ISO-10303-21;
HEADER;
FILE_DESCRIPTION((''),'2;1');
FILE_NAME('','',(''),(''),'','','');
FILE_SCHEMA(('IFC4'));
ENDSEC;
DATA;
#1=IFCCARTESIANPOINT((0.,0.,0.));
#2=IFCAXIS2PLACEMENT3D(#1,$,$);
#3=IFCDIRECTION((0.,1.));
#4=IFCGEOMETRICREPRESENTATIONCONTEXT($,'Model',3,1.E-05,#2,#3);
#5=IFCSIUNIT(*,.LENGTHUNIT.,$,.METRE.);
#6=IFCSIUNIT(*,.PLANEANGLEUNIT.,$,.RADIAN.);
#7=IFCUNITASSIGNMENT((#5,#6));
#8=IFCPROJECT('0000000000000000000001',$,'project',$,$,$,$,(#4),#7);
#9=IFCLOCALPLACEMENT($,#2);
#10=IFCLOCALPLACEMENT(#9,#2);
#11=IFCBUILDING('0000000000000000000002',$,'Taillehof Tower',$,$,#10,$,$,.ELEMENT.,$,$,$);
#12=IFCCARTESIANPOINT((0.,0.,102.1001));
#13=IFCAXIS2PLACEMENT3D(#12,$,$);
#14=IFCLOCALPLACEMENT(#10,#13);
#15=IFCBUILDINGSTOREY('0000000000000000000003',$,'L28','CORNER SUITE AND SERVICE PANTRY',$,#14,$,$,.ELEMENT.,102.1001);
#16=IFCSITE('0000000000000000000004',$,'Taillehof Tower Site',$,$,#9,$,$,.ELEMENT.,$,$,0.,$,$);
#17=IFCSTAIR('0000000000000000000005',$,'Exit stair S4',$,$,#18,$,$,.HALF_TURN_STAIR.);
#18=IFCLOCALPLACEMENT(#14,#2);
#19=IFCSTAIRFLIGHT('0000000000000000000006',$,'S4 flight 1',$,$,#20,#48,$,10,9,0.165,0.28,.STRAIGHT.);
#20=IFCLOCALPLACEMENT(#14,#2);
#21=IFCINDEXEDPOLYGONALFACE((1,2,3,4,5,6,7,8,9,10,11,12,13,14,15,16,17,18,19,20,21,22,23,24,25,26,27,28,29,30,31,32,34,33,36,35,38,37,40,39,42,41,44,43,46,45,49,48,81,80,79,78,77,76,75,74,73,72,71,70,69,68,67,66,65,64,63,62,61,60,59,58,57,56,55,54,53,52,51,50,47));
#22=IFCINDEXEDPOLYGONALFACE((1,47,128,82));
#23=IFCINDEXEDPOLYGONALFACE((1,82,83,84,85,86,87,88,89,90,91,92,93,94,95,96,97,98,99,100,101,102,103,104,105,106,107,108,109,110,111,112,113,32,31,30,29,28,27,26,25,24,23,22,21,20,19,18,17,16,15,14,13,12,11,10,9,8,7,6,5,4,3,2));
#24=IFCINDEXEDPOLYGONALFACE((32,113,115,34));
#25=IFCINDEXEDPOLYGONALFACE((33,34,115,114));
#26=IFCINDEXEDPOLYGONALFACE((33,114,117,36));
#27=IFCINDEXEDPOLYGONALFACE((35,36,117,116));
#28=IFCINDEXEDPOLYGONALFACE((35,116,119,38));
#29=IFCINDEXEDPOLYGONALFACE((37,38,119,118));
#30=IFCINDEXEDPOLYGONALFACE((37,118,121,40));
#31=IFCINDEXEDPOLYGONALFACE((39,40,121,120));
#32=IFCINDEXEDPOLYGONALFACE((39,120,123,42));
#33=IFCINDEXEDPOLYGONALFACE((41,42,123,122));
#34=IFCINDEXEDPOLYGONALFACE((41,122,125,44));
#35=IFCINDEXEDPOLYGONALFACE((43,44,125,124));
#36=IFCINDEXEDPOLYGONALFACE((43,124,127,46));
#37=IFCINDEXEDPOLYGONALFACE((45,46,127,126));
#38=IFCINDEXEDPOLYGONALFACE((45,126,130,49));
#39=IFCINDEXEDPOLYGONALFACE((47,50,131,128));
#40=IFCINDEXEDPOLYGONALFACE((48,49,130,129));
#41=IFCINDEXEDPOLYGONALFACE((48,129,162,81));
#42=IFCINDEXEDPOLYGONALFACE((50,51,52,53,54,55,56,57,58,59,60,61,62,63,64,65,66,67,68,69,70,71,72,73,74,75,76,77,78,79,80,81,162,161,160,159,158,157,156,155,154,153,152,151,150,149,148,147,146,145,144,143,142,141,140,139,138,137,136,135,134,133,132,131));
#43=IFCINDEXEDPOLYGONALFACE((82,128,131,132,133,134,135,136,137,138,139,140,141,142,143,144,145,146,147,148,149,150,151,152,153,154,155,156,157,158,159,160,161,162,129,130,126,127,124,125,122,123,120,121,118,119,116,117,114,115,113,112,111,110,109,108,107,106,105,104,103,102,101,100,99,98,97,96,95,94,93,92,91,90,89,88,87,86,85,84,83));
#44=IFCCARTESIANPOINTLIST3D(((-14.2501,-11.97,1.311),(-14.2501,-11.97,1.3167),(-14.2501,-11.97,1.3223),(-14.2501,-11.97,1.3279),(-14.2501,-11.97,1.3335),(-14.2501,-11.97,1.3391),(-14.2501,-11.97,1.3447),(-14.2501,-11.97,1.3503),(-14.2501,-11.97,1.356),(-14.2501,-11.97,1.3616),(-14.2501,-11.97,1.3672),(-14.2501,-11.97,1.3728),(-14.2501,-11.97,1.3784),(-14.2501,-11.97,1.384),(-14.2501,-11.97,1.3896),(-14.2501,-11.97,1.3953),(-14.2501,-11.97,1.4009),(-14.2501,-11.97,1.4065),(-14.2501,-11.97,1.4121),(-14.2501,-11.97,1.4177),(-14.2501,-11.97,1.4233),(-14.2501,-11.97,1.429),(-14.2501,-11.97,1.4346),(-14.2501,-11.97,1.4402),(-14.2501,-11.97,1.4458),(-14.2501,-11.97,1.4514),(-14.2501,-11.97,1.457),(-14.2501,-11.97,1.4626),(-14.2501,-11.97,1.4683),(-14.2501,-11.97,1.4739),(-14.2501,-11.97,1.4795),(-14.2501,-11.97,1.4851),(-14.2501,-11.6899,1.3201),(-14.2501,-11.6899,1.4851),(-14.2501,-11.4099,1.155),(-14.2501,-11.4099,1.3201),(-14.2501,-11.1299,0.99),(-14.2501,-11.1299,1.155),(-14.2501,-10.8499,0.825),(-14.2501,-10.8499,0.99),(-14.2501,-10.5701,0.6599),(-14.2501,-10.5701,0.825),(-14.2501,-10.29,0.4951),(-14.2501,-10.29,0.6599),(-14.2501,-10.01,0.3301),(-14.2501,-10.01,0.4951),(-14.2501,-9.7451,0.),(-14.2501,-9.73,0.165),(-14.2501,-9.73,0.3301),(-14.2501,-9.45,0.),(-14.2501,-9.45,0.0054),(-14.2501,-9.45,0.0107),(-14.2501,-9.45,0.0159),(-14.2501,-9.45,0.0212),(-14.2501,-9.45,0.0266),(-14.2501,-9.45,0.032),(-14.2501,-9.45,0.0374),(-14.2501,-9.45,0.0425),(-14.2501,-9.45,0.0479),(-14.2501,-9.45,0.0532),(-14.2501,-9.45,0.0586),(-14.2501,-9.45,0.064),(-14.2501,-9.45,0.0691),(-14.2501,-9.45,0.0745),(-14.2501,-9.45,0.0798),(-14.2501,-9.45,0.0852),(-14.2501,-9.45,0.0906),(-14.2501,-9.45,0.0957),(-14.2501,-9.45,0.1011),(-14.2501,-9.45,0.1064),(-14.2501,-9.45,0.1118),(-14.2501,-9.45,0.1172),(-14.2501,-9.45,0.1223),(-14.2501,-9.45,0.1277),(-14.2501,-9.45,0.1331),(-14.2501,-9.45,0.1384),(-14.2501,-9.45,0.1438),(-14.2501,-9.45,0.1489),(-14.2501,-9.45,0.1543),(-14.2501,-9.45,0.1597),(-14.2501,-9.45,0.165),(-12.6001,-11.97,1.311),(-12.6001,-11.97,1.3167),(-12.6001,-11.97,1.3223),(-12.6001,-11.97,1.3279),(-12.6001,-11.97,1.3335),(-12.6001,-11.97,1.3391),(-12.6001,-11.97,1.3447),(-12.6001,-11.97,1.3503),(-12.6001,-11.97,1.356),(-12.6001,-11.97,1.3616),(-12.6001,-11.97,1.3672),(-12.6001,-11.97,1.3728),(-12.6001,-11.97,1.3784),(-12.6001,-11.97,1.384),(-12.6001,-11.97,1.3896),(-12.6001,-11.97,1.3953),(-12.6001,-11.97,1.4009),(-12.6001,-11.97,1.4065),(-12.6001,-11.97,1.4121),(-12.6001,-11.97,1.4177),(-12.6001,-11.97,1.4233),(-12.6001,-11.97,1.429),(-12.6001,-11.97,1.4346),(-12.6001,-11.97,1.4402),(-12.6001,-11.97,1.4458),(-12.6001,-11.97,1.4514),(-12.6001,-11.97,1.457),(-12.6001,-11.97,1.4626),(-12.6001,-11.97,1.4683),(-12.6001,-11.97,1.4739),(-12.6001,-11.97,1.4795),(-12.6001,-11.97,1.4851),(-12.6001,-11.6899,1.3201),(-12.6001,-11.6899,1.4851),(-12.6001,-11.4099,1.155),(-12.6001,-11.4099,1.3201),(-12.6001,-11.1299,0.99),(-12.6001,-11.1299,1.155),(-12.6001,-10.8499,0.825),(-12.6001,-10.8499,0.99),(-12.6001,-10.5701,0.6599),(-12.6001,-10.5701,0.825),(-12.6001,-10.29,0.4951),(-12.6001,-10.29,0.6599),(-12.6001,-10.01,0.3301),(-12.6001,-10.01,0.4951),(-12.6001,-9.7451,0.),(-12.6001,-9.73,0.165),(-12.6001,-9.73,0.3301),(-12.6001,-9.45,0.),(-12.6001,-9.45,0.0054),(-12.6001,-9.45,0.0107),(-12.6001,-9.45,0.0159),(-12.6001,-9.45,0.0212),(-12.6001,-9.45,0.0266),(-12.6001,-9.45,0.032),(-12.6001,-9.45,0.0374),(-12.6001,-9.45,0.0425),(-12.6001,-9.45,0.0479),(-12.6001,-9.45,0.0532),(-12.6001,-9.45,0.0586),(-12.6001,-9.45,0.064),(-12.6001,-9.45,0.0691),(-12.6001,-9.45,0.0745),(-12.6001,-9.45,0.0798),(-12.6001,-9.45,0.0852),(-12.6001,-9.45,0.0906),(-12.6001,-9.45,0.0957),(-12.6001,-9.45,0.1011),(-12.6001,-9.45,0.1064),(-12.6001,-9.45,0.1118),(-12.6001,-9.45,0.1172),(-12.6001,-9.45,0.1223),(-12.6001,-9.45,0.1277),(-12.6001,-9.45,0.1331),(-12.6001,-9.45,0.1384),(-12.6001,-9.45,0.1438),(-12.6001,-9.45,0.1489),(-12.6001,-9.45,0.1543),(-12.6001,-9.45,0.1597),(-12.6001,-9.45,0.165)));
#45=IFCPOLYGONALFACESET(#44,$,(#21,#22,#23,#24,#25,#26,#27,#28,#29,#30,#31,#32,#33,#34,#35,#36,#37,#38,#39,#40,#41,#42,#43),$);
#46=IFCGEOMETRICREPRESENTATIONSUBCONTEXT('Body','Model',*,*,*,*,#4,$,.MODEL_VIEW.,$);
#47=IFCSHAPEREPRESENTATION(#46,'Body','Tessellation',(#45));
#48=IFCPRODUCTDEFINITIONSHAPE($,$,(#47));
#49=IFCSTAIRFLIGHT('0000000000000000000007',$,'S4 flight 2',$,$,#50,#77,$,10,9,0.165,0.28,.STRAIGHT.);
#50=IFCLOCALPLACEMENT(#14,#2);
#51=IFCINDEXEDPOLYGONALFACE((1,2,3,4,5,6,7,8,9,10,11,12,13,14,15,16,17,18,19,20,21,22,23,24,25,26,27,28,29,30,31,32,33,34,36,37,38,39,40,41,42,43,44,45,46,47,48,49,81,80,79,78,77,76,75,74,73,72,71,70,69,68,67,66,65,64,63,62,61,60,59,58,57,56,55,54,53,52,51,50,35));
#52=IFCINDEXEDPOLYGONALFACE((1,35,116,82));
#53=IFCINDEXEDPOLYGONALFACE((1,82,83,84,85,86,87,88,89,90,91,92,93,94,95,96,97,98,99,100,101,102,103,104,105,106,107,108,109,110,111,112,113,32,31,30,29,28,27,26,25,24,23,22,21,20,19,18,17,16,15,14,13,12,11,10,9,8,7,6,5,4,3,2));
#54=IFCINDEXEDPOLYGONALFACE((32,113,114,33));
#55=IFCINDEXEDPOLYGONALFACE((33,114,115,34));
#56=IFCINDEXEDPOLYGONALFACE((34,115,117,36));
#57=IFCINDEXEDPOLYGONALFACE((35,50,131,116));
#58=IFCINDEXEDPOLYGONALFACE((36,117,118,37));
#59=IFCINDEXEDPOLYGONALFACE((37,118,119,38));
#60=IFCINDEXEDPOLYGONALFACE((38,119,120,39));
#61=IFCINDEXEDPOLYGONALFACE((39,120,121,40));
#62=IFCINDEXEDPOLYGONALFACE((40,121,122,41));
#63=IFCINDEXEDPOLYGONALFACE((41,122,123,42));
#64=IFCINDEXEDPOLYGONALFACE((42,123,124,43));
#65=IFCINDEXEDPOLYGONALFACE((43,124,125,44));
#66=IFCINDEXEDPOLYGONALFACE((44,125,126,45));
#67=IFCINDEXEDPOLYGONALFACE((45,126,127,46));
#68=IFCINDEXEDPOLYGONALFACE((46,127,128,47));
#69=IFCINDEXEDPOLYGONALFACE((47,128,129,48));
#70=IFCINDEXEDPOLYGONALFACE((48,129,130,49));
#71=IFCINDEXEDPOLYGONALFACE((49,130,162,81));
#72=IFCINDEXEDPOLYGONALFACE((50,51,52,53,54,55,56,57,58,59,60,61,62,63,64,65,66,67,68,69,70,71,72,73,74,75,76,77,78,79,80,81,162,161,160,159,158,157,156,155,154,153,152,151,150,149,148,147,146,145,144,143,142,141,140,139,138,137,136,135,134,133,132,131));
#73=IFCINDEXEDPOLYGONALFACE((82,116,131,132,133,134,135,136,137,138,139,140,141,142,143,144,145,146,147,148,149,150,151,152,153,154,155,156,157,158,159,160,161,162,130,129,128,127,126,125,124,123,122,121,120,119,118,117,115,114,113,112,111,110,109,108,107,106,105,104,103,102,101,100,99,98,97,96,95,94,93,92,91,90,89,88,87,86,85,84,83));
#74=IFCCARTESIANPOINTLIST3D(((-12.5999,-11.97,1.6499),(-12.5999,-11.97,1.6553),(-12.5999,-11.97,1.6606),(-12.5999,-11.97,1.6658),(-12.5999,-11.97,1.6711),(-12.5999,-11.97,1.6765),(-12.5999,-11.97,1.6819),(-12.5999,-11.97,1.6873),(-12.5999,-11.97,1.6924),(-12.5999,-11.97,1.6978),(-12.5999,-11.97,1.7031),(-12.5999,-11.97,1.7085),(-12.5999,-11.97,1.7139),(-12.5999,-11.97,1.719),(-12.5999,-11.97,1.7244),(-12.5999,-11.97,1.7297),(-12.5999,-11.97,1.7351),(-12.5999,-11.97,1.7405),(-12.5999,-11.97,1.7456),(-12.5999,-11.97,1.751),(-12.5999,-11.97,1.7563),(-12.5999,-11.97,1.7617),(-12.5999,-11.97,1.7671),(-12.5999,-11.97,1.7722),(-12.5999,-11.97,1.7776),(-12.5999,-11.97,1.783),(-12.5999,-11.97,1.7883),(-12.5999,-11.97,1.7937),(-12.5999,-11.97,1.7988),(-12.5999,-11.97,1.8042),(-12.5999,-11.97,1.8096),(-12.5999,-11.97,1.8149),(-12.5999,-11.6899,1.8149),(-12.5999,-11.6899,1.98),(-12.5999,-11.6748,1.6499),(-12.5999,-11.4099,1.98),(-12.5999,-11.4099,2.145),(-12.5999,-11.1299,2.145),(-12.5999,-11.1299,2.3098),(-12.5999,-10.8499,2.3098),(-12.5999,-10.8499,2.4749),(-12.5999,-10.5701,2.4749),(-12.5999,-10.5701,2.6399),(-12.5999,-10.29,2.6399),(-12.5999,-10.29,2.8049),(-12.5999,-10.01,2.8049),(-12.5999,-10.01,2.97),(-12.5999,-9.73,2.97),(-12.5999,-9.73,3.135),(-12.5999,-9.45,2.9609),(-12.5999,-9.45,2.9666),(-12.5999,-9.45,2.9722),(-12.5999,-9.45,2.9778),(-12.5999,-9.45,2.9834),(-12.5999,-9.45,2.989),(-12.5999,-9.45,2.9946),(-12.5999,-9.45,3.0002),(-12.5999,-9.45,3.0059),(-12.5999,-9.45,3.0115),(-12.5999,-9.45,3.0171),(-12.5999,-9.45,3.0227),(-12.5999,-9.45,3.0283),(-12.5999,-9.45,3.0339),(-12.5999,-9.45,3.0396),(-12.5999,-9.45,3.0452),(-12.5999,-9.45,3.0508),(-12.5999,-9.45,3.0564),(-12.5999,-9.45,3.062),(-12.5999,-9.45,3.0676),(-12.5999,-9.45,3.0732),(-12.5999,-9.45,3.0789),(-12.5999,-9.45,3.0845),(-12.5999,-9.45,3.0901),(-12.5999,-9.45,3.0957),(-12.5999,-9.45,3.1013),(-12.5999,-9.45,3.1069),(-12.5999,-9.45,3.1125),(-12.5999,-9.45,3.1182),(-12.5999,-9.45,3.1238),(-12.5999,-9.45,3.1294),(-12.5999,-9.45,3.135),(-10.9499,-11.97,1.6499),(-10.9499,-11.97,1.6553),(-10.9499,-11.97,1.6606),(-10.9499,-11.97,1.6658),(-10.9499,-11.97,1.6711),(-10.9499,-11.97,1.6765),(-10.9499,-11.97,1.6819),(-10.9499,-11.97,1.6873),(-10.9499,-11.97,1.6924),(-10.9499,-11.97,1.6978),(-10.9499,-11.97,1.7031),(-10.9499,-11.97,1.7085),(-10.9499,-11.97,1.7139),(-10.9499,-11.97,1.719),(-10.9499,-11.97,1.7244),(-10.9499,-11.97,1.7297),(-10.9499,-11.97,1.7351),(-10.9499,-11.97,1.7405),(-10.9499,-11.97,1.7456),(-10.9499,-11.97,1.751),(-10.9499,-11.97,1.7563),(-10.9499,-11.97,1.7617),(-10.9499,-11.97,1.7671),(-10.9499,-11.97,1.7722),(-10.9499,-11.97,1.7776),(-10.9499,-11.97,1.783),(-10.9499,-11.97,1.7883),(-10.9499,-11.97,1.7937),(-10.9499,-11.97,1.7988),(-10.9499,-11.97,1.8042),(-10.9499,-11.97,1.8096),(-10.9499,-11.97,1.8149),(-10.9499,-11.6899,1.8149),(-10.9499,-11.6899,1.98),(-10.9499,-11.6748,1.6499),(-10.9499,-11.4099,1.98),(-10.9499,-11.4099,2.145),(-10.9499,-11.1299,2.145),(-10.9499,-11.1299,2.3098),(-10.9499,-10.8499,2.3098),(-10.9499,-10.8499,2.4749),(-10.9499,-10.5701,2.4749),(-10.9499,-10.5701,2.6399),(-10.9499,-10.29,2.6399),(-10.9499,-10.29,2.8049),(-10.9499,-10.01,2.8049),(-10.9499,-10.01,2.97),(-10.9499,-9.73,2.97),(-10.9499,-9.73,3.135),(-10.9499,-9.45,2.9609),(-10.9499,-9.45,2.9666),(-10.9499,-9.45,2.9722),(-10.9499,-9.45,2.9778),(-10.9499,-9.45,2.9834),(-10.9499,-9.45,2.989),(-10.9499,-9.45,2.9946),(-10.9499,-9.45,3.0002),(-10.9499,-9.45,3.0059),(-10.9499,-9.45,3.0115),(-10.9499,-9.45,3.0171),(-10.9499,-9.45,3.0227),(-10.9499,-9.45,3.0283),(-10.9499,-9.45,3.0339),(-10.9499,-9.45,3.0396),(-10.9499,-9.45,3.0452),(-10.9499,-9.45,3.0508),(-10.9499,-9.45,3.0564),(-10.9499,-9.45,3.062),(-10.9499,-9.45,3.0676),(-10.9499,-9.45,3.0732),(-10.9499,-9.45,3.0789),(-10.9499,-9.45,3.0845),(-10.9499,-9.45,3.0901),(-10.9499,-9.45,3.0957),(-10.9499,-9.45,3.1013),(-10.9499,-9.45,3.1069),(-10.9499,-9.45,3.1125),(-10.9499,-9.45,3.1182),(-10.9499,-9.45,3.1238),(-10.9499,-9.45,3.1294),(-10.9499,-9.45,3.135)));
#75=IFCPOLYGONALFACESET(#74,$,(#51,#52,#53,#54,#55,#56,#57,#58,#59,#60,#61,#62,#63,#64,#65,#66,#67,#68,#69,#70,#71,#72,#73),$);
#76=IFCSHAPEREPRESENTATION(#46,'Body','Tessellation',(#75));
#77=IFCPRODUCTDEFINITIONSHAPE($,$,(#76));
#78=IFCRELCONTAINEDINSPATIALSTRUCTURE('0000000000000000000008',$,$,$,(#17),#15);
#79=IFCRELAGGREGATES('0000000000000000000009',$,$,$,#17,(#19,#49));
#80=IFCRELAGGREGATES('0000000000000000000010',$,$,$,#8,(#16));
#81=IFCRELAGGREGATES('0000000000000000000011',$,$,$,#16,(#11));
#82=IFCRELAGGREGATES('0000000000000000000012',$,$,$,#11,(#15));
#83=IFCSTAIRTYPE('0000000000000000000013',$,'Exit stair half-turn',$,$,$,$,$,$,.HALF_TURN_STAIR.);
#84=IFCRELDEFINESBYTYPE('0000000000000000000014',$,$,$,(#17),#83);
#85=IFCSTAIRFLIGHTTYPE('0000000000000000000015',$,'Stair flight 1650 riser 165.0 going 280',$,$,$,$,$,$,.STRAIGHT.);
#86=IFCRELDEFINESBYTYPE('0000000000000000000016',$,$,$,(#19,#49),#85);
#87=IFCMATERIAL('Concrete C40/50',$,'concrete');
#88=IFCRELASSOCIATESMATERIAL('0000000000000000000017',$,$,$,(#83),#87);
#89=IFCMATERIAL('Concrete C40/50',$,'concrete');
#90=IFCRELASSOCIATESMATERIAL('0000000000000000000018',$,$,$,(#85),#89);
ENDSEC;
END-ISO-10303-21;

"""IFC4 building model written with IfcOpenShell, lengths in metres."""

from ifc_helpers import new_model, si_unit, direction, frame, origin, place, context, subcontext, project, spatial, polyline, outline, extrude, material, type_object, element, aggregate, save


model = new_model("IFC4")

# Units and contexts
model_context = context("Model", 3, precision=1e-05, world=origin(), true_north=direction((0.0, 1.0)))
body_context = subcontext(model_context, "Body", "Model", "MODEL_VIEW")
ifc_project = project(units=[si_unit("LENGTHUNIT", "METRE"), si_unit("PLANEANGLEUNIT", "RADIAN")], contexts=[model_context])

# Site, building, storey
site_placement = place(None, origin())
site = spatial("IfcSite", under=ifc_project, at=site_placement, Name="Taillehof Tower Site", CompositionType="ELEMENT", RefElevation=0.0)
building_placement = place(site_placement, origin())
building = spatial("IfcBuilding", under=site, at=building_placement, Name="Taillehof Tower", CompositionType="ELEMENT")
storey_placement = place(building_placement, frame((0.0, 0.0, 102.1001)))
storey = spatial("IfcBuildingStorey", under=building, at=storey_placement, Name="L28", Description="CORNER SUITE AND SERVICE PANTRY", CompositionType="ELEMENT", Elevation=102.1001)

# Stair, stair flights
ifc_material_1 = material(Name="Concrete C40/50", Category="concrete")
stair_type = type_object("IfcStairType", Name="Exit stair half-turn", PredefinedType="HALF_TURN_STAIR", material=ifc_material_1)
stair_placement = place(storey_placement, origin())
stair = element("IfcStair", 1, at=stair_placement, inside=storey, type_object=stair_type, Name="Exit stair S4", PredefinedType="HALF_TURN_STAIR")
ifc_material_2 = material(Name="Concrete C40/50", Category="concrete")
stair_flight_type = type_object("IfcStairFlightType", Name="Stair flight 1650 riser 165.0 going 280", PredefinedType="STRAIGHT", material=ifc_material_2)
stair_flight_1_placement = place(storey_placement, frame((-13.425, -9.45, 0.0), z_axis=(0.0, 0.0, 1.0), x_axis=(0.0, -1.0, 0.0)))
stair_flight_1 = element("IfcStairFlight", 2, at=stair_flight_1_placement, type_object=stair_flight_type, Name="S4 flight 1", NumberOfRisers=10, NumberOfTreads=9, PredefinedType="STRAIGHT", RiserHeight=0.165, TreadLength=0.28, context=body_context, shape_type="SweptSolid", body=[
    extrude(outline(polyline([(0.0, 0.0), (0.0, 0.0054), (0.0, 0.0107), (0.0, 0.0159), (0.0, 0.0212), (0.0, 0.0266), (0.0, 0.032), (0.0, 0.0374), (0.0, 0.0425), (0.0, 0.0479), (0.0, 0.0532), (0.0, 0.0586), (0.0, 0.064), (0.0, 0.0691), (0.0, 0.0745), (0.0, 0.0798), (0.0, 0.0852), (0.0, 0.0906), (0.0, 0.0957), (0.0, 0.1011), (0.0, 0.1064), (0.0, 0.1118), (0.0, 0.1172), (0.0, 0.1223), (0.0, 0.1277), (0.0, 0.1331), (0.0, 0.1384), (0.0, 0.1438), (0.0, 0.1489), (0.0, 0.1543), (0.0, 0.1597), (0.0, 0.165), (0.28, 0.165), (0.28, 0.3301), (0.5601, 0.3301), (0.5601, 0.4951), (0.8401, 0.4951), (0.8401, 0.6599), (1.1201, 0.6599), (1.1201, 0.825), (1.3999, 0.825), (1.3999, 0.99), (1.6799, 0.99), (1.6799, 1.155), (1.96, 1.155), (1.96, 1.3201), (2.24, 1.3201), (2.24, 1.4851), (2.52, 1.4851), (2.52, 1.4795), (2.52, 1.4739), (2.52, 1.4683), (2.52, 1.4626), (2.52, 1.457), (2.52, 1.4514), (2.52, 1.4458), (2.52, 1.4402), (2.52, 1.4346), (2.52, 1.429), (2.52, 1.4233), (2.52, 1.4177), (2.52, 1.4121), (2.52, 1.4065), (2.52, 1.4009), (2.52, 1.3953), (2.52, 1.3896), (2.52, 1.384), (2.52, 1.3784), (2.52, 1.3728), (2.52, 1.3672), (2.52, 1.3616), (2.52, 1.356), (2.52, 1.3503), (2.52, 1.3447), (2.52, 1.3391), (2.52, 1.3335), (2.52, 1.3279), (2.52, 1.3223), (2.52, 1.3167), (2.52, 1.311), (0.2952, 0.0), (0.0, 0.0)])), frame((0.0, 0.825, 0.0), z_axis=(0.0, -1.0, 0.0), x_axis=(1.0, 0.0, 0.0)), (0.0, 0.0, 1.0), 1.65),
])
stair_flight_2_placement = place(storey_placement, frame((-11.7749, -11.97, 1.6499), z_axis=(0.0, 0.0, 1.0), x_axis=(0.0, 1.0, 0.0)))
stair_flight_2 = element("IfcStairFlight", 3, at=stair_flight_2_placement, type_object=stair_flight_type, Name="S4 flight 2", NumberOfRisers=10, NumberOfTreads=9, PredefinedType="STRAIGHT", RiserHeight=0.165, TreadLength=0.28, context=body_context, shape_type="SweptSolid", body=[
    extrude(outline(polyline([(0.0, 0.0), (0.0, 0.0054), (0.0, 0.0107), (0.0, 0.0159), (0.0, 0.0212), (0.0, 0.0266), (0.0, 0.032), (0.0, 0.0374), (0.0, 0.0425), (0.0, 0.0479), (0.0, 0.0532), (0.0, 0.0586), (0.0, 0.064), (0.0, 0.0691), (0.0, 0.0745), (0.0, 0.0798), (0.0, 0.0852), (0.0, 0.0906), (0.0, 0.0957), (0.0, 0.1011), (0.0, 0.1064), (0.0, 0.1118), (0.0, 0.1172), (0.0, 0.1223), (0.0, 0.1277), (0.0, 0.1331), (0.0, 0.1384), (0.0, 0.1438), (0.0, 0.1489), (0.0, 0.1543), (0.0, 0.1597), (0.0, 0.165), (0.28, 0.165), (0.28, 0.3301), (0.5601, 0.3301), (0.5601, 0.4951), (0.8401, 0.4951), (0.8401, 0.6599), (1.1201, 0.6599), (1.1201, 0.825), (1.3999, 0.825), (1.3999, 0.99), (1.6799, 0.99), (1.6799, 1.155), (1.96, 1.155), (1.96, 1.3201), (2.24, 1.3201), (2.24, 1.4851), (2.52, 1.4851), (2.52, 1.4795), (2.52, 1.4739), (2.52, 1.4683), (2.52, 1.4626), (2.52, 1.457), (2.52, 1.4514), (2.52, 1.4458), (2.52, 1.4402), (2.52, 1.4346), (2.52, 1.429), (2.52, 1.4233), (2.52, 1.4177), (2.52, 1.4121), (2.52, 1.4065), (2.52, 1.4009), (2.52, 1.3953), (2.52, 1.3896), (2.52, 1.384), (2.52, 1.3784), (2.52, 1.3728), (2.52, 1.3672), (2.52, 1.3616), (2.52, 1.356), (2.52, 1.3503), (2.52, 1.3447), (2.52, 1.3391), (2.52, 1.3335), (2.52, 1.3279), (2.52, 1.3223), (2.52, 1.3167), (2.52, 1.311), (0.2952, 0.0), (0.0, 0.0)])), frame((0.0, 0.825, 0.0), z_axis=(0.0, -1.0, 0.0), x_axis=(1.0, 0.0, 0.0)), (0.0, 0.0, 1.0), 1.65),
])
aggregate(stair, [stair_flight_1, stair_flight_2])

save(model, "model.ifc")
